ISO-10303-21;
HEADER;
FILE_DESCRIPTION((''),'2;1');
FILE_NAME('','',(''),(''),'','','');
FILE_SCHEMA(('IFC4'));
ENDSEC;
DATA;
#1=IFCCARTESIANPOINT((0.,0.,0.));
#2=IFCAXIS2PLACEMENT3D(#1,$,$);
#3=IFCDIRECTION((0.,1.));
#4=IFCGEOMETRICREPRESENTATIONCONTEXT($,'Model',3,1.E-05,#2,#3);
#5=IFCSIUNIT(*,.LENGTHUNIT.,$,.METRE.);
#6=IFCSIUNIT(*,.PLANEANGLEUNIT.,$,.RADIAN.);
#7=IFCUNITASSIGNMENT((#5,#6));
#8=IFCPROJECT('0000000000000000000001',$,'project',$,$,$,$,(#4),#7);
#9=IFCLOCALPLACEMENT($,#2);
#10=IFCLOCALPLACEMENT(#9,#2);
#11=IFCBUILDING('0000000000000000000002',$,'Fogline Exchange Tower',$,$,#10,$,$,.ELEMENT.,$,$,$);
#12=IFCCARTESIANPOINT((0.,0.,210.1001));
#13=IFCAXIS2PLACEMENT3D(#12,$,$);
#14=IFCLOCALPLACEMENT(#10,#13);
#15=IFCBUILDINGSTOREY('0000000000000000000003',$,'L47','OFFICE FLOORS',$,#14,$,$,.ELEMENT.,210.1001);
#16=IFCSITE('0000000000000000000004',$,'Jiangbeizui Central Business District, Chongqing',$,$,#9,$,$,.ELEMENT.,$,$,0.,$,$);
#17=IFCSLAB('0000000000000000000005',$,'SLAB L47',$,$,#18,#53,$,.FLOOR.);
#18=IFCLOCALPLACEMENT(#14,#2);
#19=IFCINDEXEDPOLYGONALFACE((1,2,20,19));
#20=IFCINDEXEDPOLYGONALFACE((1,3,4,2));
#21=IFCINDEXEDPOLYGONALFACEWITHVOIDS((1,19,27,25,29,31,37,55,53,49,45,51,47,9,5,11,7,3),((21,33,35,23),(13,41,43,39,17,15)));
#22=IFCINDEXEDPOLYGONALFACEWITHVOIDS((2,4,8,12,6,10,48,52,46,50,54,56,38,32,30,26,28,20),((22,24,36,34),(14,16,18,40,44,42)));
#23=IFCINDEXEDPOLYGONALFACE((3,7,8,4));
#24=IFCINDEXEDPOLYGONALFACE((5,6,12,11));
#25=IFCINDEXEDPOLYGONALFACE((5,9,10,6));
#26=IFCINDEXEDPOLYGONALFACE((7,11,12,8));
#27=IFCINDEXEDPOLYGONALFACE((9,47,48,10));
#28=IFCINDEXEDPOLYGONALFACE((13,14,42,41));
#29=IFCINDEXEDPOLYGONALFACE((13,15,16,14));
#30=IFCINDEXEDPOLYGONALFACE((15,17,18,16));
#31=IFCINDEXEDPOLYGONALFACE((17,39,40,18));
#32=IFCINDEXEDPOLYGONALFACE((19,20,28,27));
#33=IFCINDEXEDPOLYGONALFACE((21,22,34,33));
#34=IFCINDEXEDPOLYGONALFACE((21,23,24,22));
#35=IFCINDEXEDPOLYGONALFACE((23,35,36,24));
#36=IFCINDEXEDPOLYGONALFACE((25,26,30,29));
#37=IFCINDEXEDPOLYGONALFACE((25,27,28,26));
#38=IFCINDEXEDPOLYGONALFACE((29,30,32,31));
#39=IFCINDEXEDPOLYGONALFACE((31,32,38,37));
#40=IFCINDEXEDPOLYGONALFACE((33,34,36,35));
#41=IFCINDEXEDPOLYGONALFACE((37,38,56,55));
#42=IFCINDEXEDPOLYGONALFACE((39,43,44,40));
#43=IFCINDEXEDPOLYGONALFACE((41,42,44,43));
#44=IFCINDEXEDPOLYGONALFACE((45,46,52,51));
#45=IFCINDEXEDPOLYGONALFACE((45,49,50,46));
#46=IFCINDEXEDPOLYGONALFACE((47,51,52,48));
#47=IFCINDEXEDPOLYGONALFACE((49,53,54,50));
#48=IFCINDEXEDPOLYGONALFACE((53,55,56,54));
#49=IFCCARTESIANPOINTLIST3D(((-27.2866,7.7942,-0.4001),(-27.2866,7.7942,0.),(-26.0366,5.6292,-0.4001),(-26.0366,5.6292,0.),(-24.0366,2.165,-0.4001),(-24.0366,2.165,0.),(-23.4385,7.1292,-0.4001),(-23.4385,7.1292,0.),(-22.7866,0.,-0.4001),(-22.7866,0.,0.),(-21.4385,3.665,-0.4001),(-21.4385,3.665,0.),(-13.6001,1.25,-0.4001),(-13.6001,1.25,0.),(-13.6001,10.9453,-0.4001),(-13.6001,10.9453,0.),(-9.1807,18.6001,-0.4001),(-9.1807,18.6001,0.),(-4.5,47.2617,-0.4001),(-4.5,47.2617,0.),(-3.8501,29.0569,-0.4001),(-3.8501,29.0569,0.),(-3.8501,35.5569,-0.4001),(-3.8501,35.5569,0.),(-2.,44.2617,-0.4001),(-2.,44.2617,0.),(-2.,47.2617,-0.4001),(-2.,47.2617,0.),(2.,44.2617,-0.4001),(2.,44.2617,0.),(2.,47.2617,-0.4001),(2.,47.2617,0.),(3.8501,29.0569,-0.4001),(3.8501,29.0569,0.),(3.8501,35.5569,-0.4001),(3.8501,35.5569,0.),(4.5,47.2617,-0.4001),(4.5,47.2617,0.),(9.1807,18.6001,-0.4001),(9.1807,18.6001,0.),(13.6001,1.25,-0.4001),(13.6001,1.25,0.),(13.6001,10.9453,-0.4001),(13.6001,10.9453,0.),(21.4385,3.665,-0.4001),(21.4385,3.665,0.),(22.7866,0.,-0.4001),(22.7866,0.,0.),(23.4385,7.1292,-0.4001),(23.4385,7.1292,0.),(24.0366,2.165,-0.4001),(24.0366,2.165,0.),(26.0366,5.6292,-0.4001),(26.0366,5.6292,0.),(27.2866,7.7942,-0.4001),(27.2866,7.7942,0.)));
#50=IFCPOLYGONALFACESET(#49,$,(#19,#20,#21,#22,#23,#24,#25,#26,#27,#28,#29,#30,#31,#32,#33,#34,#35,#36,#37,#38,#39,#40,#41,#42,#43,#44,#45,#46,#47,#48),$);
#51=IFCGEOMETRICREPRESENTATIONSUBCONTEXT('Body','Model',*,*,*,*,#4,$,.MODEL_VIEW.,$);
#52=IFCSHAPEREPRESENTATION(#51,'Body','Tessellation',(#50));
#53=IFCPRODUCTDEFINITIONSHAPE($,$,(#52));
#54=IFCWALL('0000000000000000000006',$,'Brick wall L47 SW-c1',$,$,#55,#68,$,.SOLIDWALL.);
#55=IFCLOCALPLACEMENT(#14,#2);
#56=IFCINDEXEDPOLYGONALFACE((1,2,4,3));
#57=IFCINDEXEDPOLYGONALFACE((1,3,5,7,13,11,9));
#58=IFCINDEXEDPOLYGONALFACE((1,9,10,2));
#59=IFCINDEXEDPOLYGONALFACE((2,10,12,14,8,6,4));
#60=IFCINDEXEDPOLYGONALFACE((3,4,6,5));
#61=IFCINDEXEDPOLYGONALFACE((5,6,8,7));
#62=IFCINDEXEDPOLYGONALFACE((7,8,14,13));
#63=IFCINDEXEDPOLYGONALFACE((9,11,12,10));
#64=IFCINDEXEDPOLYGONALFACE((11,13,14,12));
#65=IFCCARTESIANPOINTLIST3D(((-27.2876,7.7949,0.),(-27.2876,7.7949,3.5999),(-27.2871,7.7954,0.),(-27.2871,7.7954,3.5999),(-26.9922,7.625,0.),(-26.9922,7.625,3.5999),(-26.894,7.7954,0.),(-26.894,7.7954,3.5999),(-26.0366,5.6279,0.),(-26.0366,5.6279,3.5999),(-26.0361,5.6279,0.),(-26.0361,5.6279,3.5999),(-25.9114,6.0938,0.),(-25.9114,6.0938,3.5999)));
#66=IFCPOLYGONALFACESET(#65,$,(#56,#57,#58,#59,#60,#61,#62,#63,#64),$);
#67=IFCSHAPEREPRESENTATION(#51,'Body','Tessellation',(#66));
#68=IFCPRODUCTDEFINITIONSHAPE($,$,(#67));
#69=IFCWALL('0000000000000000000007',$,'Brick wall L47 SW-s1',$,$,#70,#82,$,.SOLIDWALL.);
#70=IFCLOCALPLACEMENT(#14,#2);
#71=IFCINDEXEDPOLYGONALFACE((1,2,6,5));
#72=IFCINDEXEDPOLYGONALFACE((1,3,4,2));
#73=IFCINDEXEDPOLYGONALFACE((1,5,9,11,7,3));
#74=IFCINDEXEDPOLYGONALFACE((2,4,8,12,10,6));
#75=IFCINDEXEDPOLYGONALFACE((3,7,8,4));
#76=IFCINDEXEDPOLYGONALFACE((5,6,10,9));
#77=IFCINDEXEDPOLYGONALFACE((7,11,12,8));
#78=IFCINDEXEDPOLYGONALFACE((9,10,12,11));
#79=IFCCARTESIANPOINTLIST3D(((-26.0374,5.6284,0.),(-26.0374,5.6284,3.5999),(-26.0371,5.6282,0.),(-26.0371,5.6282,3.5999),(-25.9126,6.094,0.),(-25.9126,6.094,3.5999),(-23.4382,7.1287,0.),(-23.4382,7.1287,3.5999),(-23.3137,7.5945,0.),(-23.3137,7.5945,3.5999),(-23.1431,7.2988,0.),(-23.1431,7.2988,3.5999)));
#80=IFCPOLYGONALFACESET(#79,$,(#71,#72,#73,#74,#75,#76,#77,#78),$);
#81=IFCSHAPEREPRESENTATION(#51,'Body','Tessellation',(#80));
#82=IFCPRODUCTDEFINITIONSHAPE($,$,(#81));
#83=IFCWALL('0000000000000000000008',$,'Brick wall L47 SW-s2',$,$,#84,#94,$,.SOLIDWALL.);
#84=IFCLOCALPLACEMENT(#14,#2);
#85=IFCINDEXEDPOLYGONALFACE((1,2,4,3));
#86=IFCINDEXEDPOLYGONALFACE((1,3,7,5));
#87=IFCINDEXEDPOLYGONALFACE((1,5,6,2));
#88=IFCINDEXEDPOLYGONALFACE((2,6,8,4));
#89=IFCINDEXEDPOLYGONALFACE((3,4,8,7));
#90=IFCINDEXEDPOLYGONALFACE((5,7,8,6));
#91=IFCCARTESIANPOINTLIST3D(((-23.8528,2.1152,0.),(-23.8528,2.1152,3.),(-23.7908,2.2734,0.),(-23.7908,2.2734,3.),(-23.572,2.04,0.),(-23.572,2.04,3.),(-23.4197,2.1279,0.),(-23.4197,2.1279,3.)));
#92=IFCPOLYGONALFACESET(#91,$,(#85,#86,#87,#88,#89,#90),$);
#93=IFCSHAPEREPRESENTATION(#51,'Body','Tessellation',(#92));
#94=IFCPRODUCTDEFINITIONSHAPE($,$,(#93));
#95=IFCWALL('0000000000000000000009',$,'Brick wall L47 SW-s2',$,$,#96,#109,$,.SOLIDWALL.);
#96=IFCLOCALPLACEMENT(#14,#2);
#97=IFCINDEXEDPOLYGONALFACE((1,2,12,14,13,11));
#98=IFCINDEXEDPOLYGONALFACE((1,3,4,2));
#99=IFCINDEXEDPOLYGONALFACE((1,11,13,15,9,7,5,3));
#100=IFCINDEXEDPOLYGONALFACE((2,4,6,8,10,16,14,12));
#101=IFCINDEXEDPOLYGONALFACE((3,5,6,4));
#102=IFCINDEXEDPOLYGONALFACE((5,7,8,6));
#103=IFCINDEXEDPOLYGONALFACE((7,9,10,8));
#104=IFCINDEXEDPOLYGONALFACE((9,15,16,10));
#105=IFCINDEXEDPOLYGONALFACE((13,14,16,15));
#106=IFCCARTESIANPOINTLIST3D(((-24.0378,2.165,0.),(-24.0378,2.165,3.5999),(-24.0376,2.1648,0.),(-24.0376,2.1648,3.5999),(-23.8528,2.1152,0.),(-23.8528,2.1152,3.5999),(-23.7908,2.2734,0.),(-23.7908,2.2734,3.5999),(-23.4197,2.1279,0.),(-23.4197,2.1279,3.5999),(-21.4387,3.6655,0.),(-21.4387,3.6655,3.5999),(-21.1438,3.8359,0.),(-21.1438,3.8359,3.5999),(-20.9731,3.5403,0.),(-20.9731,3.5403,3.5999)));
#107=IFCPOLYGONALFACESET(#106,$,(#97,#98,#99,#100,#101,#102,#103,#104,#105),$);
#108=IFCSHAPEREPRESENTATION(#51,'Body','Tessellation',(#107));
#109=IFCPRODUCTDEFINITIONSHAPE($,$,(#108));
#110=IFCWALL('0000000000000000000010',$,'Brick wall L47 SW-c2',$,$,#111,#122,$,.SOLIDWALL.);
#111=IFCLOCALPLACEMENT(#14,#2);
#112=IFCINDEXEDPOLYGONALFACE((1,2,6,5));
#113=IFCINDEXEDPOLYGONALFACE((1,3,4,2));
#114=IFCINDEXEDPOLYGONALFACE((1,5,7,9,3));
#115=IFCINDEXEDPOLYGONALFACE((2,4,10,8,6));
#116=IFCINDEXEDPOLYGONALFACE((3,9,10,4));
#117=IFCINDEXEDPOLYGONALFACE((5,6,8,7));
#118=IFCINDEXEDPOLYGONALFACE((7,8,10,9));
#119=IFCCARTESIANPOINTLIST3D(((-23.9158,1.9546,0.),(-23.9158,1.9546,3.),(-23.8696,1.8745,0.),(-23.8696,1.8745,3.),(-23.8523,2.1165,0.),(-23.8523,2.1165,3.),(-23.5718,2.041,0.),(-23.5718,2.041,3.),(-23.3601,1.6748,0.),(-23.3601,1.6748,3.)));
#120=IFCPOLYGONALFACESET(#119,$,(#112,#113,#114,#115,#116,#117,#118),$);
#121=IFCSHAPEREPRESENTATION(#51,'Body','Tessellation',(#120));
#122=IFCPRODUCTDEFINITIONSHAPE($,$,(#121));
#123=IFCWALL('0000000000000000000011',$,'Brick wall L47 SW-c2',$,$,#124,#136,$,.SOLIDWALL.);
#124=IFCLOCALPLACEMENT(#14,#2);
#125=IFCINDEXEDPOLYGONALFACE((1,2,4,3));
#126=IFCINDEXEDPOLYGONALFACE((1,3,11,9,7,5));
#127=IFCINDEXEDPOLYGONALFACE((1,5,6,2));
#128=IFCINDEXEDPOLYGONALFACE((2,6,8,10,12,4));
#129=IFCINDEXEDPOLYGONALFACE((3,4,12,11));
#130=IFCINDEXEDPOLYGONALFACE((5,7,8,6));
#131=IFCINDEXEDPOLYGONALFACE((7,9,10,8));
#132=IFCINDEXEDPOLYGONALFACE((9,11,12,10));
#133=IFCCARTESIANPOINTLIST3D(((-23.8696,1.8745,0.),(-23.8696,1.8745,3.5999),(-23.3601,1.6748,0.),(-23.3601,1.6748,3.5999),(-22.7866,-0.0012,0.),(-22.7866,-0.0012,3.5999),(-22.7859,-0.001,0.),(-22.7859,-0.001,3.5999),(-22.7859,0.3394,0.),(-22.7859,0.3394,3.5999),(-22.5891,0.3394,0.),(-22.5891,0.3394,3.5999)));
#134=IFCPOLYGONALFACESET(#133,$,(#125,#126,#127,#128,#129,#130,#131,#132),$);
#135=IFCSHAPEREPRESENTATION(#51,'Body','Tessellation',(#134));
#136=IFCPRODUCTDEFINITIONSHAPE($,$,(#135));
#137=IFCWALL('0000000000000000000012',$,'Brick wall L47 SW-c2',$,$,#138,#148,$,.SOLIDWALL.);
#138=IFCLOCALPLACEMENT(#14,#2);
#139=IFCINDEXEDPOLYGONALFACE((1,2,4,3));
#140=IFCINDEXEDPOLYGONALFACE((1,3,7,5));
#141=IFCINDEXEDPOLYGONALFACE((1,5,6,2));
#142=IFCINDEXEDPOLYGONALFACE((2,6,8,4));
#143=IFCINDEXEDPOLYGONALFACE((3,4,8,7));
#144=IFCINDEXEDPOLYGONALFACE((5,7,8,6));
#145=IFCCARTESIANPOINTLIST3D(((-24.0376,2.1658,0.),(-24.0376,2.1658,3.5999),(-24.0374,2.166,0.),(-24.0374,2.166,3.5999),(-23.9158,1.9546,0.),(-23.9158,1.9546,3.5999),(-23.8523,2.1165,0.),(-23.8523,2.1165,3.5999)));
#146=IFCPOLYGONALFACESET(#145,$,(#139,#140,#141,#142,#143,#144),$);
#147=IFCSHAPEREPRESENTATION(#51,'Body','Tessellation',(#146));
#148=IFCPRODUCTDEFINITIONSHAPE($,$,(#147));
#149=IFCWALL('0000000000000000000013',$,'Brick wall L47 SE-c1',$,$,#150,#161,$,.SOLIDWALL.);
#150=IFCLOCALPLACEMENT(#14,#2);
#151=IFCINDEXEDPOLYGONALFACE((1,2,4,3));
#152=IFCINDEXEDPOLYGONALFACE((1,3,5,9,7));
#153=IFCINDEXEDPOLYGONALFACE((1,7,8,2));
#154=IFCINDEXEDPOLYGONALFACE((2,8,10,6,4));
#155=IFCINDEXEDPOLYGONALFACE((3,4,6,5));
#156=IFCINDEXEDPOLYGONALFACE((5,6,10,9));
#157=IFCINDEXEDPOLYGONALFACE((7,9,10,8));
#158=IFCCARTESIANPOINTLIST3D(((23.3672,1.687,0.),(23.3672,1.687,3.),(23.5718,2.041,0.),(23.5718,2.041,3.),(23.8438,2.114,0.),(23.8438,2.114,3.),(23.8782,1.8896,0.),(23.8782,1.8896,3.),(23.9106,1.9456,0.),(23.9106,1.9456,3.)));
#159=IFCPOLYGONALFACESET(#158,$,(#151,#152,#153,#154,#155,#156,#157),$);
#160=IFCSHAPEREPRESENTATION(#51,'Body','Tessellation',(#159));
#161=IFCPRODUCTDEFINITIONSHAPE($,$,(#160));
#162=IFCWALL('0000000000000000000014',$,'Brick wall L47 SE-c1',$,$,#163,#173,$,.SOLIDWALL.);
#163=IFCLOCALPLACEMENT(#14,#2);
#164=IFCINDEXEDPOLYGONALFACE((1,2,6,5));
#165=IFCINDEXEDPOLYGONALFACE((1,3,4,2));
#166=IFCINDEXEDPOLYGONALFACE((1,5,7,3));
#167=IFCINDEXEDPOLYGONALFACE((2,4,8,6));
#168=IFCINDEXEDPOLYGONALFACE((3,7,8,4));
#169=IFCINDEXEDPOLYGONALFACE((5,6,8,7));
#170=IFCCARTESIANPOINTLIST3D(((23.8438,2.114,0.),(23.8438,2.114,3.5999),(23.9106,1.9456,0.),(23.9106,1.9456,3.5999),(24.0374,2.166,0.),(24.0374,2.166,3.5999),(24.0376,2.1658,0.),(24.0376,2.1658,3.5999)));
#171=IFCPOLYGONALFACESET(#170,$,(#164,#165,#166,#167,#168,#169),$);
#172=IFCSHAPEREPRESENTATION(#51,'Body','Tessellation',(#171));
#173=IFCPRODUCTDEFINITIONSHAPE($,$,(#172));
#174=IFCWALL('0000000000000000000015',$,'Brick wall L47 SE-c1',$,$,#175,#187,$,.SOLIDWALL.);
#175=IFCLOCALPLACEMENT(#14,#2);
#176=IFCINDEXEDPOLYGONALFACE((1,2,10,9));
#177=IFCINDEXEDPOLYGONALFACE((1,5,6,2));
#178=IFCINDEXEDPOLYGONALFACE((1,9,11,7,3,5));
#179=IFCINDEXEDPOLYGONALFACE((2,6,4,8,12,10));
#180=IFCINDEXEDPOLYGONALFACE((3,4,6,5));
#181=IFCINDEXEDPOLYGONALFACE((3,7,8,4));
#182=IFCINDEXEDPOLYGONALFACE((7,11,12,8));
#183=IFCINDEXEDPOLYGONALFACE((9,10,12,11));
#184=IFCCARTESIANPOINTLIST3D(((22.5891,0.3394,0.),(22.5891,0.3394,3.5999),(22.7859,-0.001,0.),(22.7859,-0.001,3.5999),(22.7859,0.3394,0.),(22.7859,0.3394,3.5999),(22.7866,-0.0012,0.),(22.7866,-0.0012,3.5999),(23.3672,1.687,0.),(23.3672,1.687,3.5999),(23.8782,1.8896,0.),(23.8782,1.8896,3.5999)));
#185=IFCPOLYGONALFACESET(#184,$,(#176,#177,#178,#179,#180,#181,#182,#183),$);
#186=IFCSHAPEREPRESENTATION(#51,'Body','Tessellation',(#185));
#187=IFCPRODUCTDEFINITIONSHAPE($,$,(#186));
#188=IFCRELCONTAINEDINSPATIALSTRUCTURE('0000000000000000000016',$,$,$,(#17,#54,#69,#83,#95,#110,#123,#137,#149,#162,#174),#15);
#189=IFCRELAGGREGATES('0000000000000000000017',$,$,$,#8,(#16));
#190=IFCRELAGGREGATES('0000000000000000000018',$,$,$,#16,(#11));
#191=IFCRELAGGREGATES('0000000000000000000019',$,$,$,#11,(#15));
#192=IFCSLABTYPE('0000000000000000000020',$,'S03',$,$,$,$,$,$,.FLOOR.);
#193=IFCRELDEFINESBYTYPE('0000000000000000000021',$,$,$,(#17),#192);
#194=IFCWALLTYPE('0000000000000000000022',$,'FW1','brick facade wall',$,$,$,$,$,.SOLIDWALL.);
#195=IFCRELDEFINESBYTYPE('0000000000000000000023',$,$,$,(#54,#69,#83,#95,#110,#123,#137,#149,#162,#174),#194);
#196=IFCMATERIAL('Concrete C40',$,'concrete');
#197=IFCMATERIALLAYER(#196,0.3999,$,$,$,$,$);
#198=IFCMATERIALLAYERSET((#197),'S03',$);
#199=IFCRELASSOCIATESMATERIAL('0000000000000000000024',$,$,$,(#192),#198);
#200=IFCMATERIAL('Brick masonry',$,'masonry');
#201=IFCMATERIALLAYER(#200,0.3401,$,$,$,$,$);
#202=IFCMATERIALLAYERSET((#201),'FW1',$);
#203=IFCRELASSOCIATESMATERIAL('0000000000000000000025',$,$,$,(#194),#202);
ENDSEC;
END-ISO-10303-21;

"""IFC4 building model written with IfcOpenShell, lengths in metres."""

from ifc_helpers import new_model, si_unit, direction, frame, origin, place, context, subcontext, project, spatial, polyline, outline, extrude, material, layer, layer_set, type_object, element, save


model = new_model("IFC4")

# Units and contexts
model_context = context("Model", 3, precision=1e-05, world=origin(), true_north=direction((0.0, 1.0)))
body_context = subcontext(model_context, "Body", "Model", "MODEL_VIEW")
ifc_project = project(units=[si_unit("LENGTHUNIT", "METRE"), si_unit("PLANEANGLEUNIT", "RADIAN")], contexts=[model_context])

# Site, building, storey
site_placement = place(None, origin())
site = spatial("IfcSite", under=ifc_project, at=site_placement, Name="Jiangbeizui Central Business District, Chongqing", CompositionType="ELEMENT", RefElevation=0.0)
building_placement = place(site_placement, origin())
building = spatial("IfcBuilding", under=site, at=building_placement, Name="Fogline Exchange Tower", CompositionType="ELEMENT")
storey_placement = place(building_placement, frame((0.0, 0.0, 210.1001)))
storey = spatial("IfcBuildingStorey", under=building, at=storey_placement, Name="L47", Description="OFFICE FLOORS", CompositionType="ELEMENT", Elevation=210.1001)

# Slab
ifc_material_1 = material(Name="Concrete C40", Category="concrete")
ifc_layer_1 = layer(ifc_material_1, 0.3999)
ifc_layer_set_1 = layer_set([ifc_layer_1], Name="S03")
slab_type = type_object("IfcSlabType", Name="S03", PredefinedType="FLOOR", material=ifc_layer_set_1)
slab_placement = place(storey_placement, frame((0.0, 0.0, -0.4001)))
element("IfcSlab", 1, at=slab_placement, inside=storey, type_object=slab_type, Name="SLAB L47", PredefinedType="FLOOR", context=body_context, shape_type="SweptSolid", body=[
    extrude(outline(polyline([(-2.0, 47.2617), (-4.5, 47.2617), (-27.2866, 7.7942), (-26.0366, 5.6292), (-23.4385, 7.1292), (-21.4385, 3.665), (-24.0366, 2.165), (-22.7866, 0.0), (22.7866, 0.0), (24.0366, 2.165), (21.4385, 3.665), (23.4385, 7.1292), (26.0366, 5.6292), (27.2866, 7.7942), (4.5, 47.2617), (2.0, 47.2617), (2.0, 44.2617), (-2.0, 44.2617), (-2.0, 47.2617)]), holes=[polyline([(13.6001, 10.9453), (13.6001, 1.25), (-13.6001, 1.25), (-13.6001, 10.9453), (-9.1807, 18.6001), (9.1807, 18.6001), (13.6001, 10.9453)]), polyline([(3.8501, 35.5569), (3.8501, 29.0569), (-3.8501, 29.0569), (-3.8501, 35.5569), (3.8501, 35.5569)])]), origin(), (0.0, 0.0, 1.0), 0.4001),
])

# Walls
ifc_material_2 = material(Name="Brick masonry", Category="masonry")
ifc_layer_2 = layer(ifc_material_2, 0.3401)
ifc_layer_set_2 = layer_set([ifc_layer_2], Name="FW1")
wall_type = type_object("IfcWallType", Name="FW1", Description="brick facade wall", PredefinedType="SOLIDWALL", material=ifc_layer_set_2)
wall_1_placement = place(storey_placement, origin())
element("IfcWall", 2, at=wall_1_placement, inside=storey, type_object=wall_type, Name="Brick wall L47 SW-c1", PredefinedType="SOLIDWALL", context=body_context, shape_type="SweptSolid", body=[
    extrude(outline(polyline([(-26.0366, 5.6279), (-27.2876, 7.7949), (-27.2871, 7.7954), (-26.9922, 7.625), (-26.894, 7.7954), (-25.9114, 6.0938), (-26.0361, 5.6279), (-26.0366, 5.6279)])), origin(), (0.0, 0.0, 1.0), 3.5999),
])
wall_2_placement = place(storey_placement, origin())
element("IfcWall", 3, at=wall_2_placement, inside=storey, type_object=wall_type, Name="Brick wall L47 SW-s1", PredefinedType="SOLIDWALL", context=body_context, shape_type="SweptSolid", body=[
    extrude(outline(polyline([(-23.3137, 7.5945), (-23.1431, 7.2988), (-23.4382, 7.1287), (-26.0371, 5.6282), (-26.0374, 5.6284), (-25.9126, 6.094), (-23.3137, 7.5945)])), origin(), (0.0, 0.0, 1.0), 3.5999),
])
wall_3_placement = place(storey_placement, origin())
element("IfcWall", 4, at=wall_3_placement, inside=storey, type_object=wall_type, Name="Brick wall L47 SW-s2", PredefinedType="SOLIDWALL", context=body_context, shape_type="SweptSolid", body=[
    extrude(outline(polyline([(-23.572, 2.04), (-23.8528, 2.1152), (-23.7908, 2.2734), (-23.4197, 2.1279), (-23.572, 2.04)])), origin(), (0.0, 0.0, 1.0), 3.0),
])
wall_4_placement = place(storey_placement, origin())
element("IfcWall", 5, at=wall_4_placement, inside=storey, type_object=wall_type, Name="Brick wall L47 SW-s2", PredefinedType="SOLIDWALL", context=body_context, shape_type="SweptSolid", body=[
    extrude(outline(polyline([(-21.4387, 3.6655), (-21.1438, 3.8359), (-20.9731, 3.5403), (-23.4197, 2.1279), (-23.7908, 2.2734), (-23.8528, 2.1152), (-24.0376, 2.1648), (-24.0378, 2.165), (-21.4387, 3.6655)])), origin(), (0.0, 0.0, 1.0), 3.5999),
])
wall_5_placement = place(storey_placement, origin())
element("IfcWall", 6, at=wall_5_placement, inside=storey, type_object=wall_type, Name="Brick wall L47 SW-c2", PredefinedType="SOLIDWALL", context=body_context, shape_type="SweptSolid", body=[
    extrude(outline(polyline([(-23.9158, 1.9546), (-23.8523, 2.1165), (-23.5718, 2.041), (-23.3601, 1.6748), (-23.8696, 1.8745), (-23.9158, 1.9546)])), origin(), (0.0, 0.0, 1.0), 3.0),
])
wall_6_placement = place(storey_placement, origin())
element("IfcWall", 7, at=wall_6_placement, inside=storey, type_object=wall_type, Name="Brick wall L47 SW-c2", PredefinedType="SOLIDWALL", context=body_context, shape_type="SweptSolid", body=[
    extrude(outline(polyline([(-22.7859, 0.3394), (-22.7859, -0.001), (-22.7866, -0.0012), (-23.8696, 1.8745), (-23.3601, 1.6748), (-22.5891, 0.3394), (-22.7859, 0.3394)])), origin(), (0.0, 0.0, 1.0), 3.5999),
])
wall_7_placement = place(storey_placement, origin())
element("IfcWall", 8, at=wall_7_placement, inside=storey, type_object=wall_type, Name="Brick wall L47 SW-c2", PredefinedType="SOLIDWALL", context=body_context, shape_type="SweptSolid", body=[
    extrude(outline(polyline([(-24.0376, 2.1658), (-24.0374, 2.166), (-23.8523, 2.1165), (-23.9158, 1.9546), (-24.0376, 2.1658)])), origin(), (0.0, 0.0, 1.0), 3.5999),
])
wall_8_placement = place(storey_placement, origin())
element("IfcWall", 9, at=wall_8_placement, inside=storey, type_object=wall_type, Name="Brick wall L47 SE-c1", PredefinedType="SOLIDWALL", context=body_context, shape_type="SweptSolid", body=[
    extrude(outline(polyline([(23.8782, 1.8896), (23.3672, 1.687), (23.5718, 2.041), (23.8438, 2.114), (23.9106, 1.9456), (23.8782, 1.8896)])), origin(), (0.0, 0.0, 1.0), 3.0),
])
wall_9_placement = place(storey_placement, origin())
element("IfcWall", 10, at=wall_9_placement, inside=storey, type_object=wall_type, Name="Brick wall L47 SE-c1", PredefinedType="SOLIDWALL", context=body_context, shape_type="SweptSolid", body=[
    extrude(outline(polyline([(23.9106, 1.9456), (23.8438, 2.114), (24.0374, 2.166), (24.0376, 2.1658), (23.9106, 1.9456)])), origin(), (0.0, 0.0, 1.0), 3.5999),
])
wall_10_placement = place(storey_placement, origin())
element("IfcWall", 11, at=wall_10_placement, inside=storey, type_object=wall_type, Name="Brick wall L47 SE-c1", PredefinedType="SOLIDWALL", context=body_context, shape_type="SweptSolid", body=[
    extrude(outline(polyline([(22.7866, -0.0012), (22.7859, -0.001), (22.7859, 0.3394), (22.5891, 0.3394), (23.3672, 1.687), (23.8782, 1.8896), (22.7866, -0.0012)])), origin(), (0.0, 0.0, 1.0), 3.5999),
])

save(model, "model.ifc")
